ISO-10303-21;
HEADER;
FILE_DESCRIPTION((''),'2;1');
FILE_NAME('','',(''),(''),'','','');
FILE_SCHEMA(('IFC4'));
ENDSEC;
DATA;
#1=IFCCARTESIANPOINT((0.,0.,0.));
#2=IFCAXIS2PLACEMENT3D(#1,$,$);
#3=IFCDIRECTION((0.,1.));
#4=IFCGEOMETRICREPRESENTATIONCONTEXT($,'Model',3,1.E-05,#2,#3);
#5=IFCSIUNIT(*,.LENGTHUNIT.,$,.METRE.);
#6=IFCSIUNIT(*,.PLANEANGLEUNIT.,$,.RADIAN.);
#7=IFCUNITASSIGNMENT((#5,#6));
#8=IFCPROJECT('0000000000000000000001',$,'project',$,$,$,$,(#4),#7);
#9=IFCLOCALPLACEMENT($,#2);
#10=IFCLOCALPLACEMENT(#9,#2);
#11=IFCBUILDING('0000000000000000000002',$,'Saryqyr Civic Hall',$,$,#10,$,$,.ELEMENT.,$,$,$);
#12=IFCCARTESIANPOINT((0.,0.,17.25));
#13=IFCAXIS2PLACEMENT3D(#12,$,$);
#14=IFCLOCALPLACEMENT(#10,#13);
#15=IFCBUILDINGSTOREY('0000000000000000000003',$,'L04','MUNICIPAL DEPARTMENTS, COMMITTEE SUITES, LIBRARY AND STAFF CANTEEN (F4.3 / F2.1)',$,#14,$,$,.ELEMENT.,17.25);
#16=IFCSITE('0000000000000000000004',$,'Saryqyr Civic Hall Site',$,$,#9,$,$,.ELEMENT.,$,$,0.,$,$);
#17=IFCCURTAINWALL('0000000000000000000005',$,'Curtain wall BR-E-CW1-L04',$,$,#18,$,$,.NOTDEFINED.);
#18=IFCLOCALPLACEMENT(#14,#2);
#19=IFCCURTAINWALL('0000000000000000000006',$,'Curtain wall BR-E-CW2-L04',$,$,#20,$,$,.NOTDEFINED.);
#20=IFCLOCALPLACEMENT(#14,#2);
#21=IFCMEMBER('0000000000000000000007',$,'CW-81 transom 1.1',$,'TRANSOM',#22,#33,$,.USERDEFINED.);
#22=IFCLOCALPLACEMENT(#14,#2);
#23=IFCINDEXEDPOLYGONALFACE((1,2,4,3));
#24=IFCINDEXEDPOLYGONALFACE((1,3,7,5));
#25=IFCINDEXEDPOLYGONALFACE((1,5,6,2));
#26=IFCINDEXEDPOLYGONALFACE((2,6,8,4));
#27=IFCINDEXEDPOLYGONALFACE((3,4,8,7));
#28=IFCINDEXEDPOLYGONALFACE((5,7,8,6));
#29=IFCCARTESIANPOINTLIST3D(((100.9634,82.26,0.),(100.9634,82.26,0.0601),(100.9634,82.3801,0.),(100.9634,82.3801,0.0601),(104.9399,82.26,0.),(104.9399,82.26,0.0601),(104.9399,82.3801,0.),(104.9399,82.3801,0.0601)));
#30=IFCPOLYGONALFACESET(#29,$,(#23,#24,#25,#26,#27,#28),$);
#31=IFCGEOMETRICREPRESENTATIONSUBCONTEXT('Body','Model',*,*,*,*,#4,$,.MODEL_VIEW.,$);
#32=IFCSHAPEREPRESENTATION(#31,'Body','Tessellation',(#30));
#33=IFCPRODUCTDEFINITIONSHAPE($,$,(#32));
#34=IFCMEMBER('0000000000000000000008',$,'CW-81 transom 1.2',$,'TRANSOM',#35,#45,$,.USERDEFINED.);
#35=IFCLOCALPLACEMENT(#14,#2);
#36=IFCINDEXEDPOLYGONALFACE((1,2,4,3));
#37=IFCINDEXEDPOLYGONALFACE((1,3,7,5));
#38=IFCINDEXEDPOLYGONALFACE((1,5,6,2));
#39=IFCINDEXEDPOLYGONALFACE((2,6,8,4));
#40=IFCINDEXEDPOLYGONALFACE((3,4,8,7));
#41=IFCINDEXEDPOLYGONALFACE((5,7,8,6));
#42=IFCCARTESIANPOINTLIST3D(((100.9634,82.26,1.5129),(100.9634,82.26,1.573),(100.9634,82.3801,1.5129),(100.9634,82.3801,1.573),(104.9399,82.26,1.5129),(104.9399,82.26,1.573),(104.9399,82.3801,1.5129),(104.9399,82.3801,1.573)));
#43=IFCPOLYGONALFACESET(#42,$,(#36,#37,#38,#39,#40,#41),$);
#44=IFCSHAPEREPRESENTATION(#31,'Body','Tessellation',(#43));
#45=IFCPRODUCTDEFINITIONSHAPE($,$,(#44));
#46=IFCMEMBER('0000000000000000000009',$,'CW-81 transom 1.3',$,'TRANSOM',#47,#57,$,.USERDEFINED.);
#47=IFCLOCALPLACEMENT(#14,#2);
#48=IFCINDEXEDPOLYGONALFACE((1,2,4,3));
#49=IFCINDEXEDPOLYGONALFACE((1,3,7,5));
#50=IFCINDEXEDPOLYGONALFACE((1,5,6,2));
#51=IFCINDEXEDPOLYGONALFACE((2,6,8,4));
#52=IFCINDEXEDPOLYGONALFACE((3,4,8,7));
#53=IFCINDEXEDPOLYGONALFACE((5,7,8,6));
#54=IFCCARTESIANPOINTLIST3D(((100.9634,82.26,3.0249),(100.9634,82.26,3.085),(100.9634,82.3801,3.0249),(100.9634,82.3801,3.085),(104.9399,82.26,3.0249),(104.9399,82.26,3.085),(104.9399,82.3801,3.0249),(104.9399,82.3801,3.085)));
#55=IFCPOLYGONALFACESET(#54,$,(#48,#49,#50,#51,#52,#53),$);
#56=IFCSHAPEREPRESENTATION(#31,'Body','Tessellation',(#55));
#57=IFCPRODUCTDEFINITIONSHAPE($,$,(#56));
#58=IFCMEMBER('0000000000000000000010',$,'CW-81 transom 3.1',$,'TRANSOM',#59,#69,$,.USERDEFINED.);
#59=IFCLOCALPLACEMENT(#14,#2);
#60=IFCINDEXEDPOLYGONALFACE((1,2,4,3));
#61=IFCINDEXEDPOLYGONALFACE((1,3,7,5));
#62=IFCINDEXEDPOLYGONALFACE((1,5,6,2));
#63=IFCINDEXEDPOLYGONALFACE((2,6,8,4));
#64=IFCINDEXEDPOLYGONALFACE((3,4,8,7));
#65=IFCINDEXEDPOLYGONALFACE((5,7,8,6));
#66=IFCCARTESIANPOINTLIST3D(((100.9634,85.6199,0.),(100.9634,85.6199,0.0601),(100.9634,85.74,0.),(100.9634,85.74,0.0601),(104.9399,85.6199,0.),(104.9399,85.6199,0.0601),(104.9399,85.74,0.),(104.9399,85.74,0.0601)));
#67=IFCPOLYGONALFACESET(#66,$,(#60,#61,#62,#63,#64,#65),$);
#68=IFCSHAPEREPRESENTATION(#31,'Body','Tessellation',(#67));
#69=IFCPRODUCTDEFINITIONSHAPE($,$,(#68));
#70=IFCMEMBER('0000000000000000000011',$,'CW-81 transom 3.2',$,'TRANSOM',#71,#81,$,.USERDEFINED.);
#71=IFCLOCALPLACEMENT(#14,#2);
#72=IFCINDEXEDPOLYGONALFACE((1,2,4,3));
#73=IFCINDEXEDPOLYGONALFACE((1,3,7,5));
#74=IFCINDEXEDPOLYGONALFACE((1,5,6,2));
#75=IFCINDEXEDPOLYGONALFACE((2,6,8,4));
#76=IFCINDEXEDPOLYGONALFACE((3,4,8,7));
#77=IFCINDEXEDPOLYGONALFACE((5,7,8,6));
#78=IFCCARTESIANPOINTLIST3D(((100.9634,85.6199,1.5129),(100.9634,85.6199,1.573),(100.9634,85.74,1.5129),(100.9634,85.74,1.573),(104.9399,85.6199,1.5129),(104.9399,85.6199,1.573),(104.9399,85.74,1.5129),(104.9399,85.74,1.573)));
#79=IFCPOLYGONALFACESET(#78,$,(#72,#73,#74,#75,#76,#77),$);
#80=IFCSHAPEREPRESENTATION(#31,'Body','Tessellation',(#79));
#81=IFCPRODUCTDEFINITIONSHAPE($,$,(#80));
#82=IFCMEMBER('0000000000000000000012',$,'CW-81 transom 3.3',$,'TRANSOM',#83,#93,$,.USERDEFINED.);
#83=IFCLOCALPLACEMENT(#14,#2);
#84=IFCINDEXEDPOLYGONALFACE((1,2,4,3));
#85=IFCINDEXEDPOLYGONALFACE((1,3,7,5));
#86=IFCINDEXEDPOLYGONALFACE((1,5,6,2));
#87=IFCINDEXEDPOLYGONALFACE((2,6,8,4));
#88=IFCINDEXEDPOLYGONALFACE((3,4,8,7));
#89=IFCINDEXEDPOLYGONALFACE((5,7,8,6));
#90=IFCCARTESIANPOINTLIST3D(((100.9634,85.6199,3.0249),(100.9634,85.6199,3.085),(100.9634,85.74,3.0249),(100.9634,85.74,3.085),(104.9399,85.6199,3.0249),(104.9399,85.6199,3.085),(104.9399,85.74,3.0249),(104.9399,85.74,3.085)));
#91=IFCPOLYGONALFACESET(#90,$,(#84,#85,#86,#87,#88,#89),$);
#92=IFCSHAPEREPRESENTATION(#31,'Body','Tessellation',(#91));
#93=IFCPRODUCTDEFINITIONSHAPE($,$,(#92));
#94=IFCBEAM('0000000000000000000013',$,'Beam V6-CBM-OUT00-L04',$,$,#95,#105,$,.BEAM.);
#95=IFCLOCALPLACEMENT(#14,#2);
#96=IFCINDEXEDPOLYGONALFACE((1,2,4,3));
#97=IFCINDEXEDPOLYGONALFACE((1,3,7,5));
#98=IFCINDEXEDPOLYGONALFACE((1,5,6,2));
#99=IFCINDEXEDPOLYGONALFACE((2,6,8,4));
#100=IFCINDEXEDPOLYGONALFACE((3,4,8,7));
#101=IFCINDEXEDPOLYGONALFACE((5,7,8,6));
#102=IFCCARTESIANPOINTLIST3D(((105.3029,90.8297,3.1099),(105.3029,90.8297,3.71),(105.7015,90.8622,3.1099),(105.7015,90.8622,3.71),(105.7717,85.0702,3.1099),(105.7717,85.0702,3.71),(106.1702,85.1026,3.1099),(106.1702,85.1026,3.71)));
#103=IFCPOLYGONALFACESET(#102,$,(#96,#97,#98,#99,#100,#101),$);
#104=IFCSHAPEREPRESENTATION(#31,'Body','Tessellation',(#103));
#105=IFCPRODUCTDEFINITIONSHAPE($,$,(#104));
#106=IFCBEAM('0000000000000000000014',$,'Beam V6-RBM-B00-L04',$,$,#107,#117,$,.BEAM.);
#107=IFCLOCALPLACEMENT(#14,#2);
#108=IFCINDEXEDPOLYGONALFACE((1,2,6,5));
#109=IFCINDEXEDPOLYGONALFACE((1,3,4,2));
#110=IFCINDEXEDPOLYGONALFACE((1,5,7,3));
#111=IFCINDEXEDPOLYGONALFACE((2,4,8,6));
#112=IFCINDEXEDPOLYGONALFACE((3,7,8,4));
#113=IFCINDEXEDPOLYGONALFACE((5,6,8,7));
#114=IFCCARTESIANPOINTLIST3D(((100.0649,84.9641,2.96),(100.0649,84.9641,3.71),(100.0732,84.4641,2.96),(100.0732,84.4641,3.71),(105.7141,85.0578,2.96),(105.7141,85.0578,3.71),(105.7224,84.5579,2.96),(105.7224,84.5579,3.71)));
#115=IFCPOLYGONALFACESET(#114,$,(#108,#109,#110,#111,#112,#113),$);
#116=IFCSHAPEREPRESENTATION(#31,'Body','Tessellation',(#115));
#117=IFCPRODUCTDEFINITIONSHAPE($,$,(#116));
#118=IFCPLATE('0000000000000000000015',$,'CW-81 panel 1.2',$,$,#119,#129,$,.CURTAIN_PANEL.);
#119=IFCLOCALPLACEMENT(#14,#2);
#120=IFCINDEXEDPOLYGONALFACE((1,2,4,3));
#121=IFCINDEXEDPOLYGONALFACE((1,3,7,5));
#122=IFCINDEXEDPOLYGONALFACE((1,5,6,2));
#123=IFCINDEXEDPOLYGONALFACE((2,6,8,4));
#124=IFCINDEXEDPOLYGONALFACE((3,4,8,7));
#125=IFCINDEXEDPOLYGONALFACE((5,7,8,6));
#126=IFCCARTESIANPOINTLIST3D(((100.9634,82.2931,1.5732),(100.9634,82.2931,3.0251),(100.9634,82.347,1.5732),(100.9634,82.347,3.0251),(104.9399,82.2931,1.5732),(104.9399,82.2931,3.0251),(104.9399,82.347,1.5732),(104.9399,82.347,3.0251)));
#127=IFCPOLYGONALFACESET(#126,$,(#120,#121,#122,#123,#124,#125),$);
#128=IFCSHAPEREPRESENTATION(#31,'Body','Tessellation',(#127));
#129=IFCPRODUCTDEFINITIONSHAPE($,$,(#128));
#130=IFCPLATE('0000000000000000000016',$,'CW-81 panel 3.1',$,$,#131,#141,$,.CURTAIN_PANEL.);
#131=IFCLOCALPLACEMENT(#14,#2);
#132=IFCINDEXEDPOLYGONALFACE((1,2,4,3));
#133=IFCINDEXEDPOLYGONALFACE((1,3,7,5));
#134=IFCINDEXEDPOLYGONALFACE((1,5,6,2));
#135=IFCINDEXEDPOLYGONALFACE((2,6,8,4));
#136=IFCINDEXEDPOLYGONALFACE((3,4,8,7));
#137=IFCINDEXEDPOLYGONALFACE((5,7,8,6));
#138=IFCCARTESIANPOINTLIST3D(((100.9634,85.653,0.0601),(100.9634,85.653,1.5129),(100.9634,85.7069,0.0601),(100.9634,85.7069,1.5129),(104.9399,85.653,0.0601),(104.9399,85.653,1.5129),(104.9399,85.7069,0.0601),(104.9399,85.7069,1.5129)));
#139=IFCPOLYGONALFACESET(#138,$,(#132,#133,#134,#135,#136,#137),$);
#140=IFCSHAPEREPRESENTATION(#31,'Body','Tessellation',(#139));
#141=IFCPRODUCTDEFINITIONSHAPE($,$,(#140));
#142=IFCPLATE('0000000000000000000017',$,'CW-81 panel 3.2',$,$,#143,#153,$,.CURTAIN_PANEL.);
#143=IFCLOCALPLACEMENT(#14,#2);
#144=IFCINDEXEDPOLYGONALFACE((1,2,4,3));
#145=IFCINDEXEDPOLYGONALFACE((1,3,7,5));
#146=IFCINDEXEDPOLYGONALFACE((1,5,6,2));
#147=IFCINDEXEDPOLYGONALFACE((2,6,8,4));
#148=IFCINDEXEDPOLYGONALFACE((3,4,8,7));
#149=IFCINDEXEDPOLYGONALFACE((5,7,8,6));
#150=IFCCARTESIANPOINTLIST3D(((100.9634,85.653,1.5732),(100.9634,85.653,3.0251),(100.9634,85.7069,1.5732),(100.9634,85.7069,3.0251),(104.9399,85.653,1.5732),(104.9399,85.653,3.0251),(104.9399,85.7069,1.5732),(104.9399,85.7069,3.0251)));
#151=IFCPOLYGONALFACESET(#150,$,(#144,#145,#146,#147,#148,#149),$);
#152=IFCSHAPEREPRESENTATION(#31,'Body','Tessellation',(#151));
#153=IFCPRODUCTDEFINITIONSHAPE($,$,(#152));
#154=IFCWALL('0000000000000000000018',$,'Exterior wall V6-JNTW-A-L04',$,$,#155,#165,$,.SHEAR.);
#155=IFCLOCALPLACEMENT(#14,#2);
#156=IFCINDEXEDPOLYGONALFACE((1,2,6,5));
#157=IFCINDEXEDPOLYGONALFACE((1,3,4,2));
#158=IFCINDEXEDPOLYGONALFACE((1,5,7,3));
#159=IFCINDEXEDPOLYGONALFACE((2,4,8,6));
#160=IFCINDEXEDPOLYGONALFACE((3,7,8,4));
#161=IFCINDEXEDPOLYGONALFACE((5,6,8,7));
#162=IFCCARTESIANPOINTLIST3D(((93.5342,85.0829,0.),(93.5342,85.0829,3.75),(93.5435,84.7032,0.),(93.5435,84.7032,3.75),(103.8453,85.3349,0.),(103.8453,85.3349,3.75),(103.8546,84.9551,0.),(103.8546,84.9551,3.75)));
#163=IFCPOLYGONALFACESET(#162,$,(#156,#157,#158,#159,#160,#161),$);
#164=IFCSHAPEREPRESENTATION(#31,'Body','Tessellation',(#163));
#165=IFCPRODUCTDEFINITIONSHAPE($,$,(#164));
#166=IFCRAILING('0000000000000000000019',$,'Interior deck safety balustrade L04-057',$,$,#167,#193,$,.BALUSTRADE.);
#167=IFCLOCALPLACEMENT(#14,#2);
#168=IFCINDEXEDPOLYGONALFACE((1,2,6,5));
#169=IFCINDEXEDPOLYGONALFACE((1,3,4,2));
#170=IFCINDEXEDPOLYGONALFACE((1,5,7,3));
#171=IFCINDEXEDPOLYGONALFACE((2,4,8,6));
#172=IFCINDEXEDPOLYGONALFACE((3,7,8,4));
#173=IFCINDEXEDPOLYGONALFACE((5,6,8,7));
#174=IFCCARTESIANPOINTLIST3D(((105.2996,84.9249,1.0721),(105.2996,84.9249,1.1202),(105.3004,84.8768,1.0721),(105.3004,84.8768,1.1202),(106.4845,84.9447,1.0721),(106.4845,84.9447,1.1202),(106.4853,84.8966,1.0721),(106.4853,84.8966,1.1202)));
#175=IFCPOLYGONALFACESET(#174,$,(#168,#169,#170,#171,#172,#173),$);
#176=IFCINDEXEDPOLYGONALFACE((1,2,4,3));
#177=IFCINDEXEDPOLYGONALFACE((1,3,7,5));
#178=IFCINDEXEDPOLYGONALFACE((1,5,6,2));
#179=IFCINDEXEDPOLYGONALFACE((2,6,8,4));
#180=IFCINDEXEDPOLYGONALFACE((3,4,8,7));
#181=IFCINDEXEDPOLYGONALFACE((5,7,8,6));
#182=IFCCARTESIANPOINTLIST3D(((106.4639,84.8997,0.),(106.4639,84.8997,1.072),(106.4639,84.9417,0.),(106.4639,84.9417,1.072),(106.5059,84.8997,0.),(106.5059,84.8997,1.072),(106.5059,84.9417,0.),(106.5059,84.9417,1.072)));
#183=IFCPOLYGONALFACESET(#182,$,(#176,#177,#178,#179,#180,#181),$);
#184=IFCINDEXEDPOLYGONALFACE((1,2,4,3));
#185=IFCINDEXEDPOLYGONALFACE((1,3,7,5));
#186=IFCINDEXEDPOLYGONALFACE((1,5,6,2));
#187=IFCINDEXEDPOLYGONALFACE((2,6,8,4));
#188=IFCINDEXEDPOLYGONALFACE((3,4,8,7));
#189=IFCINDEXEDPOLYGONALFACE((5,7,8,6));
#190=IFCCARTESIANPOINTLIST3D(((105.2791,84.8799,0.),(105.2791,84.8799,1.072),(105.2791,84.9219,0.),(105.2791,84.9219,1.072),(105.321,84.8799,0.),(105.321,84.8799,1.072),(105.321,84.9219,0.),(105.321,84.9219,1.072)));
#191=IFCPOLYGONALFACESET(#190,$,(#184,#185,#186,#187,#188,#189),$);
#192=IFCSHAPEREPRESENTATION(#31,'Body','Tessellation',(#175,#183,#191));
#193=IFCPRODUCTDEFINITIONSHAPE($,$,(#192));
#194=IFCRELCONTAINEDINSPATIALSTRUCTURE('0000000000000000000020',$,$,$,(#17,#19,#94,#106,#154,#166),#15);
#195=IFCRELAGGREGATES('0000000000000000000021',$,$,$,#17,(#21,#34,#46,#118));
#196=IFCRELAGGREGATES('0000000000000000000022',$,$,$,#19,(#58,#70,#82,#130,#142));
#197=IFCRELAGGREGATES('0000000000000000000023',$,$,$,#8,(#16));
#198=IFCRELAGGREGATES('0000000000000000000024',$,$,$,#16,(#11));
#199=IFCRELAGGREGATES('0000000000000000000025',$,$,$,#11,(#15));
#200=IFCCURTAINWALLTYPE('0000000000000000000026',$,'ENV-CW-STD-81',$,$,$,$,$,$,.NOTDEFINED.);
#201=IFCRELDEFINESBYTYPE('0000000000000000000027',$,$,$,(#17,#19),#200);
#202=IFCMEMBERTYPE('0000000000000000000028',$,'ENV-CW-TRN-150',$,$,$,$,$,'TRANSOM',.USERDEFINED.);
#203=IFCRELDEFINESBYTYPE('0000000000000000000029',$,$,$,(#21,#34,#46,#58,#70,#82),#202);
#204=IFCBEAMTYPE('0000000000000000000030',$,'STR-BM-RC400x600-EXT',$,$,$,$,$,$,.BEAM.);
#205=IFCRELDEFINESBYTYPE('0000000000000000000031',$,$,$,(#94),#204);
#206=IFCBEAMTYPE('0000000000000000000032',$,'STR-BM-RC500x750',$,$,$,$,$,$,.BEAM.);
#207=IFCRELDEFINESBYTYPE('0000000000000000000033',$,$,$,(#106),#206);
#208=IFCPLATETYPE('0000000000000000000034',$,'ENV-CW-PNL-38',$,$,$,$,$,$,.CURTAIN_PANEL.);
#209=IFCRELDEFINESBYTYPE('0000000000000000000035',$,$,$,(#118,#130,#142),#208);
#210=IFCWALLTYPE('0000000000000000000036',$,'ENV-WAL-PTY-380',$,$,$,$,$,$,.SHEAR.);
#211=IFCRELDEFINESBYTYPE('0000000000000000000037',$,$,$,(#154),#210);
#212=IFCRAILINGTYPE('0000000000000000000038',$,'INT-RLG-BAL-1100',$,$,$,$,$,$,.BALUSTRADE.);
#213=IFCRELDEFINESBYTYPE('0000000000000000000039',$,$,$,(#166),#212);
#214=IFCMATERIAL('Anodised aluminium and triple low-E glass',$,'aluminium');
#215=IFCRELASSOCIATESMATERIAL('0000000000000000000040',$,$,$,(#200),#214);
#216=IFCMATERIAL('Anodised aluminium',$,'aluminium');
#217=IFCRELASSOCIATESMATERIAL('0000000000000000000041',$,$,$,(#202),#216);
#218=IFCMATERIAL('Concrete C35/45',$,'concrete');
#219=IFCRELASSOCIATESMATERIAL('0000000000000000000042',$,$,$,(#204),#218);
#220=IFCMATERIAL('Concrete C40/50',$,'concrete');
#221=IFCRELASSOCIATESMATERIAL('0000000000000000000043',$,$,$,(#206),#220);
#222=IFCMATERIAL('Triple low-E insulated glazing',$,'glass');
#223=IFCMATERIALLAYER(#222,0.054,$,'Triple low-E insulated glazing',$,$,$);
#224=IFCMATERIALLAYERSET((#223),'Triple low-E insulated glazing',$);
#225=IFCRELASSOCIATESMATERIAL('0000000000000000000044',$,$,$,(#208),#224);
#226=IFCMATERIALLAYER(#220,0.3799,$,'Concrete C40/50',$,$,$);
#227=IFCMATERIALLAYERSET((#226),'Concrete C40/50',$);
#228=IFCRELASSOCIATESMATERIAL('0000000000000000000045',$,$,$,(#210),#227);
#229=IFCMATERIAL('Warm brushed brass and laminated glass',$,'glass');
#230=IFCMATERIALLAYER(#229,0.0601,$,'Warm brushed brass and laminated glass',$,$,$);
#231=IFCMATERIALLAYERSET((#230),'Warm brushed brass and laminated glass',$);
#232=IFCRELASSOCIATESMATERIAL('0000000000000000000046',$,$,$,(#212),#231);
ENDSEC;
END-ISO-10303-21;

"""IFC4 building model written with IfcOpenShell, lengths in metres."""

from ifc_helpers import new_model, si_unit, direction, frame, frame_2d, origin, origin_2d, place, context, subcontext, project, spatial, rectangle, extrude, material, layer, layer_set, material_profile, profile_set, type_object, element, aggregate, save


model = new_model("IFC4")

# Units and contexts
model_context = context("Model", 3, precision=1e-05, world=origin(), true_north=direction((0.0, 1.0)))
body_context = subcontext(model_context, "Body", "Model", "MODEL_VIEW")
ifc_project = project(units=[si_unit("LENGTHUNIT", "METRE"), si_unit("PLANEANGLEUNIT", "RADIAN")], contexts=[model_context])

# Site, building, storey
site_placement = place(None, origin())
site = spatial("IfcSite", under=ifc_project, at=site_placement, Name="Saryqyr Civic Hall Site", CompositionType="ELEMENT", RefElevation=0.0)
building_placement = place(site_placement, origin())
building = spatial("IfcBuilding", under=site, at=building_placement, Name="Saryqyr Civic Hall", CompositionType="ELEMENT")
storey_placement = place(building_placement, frame((0.0, 0.0, 17.25)))
storey = spatial("IfcBuildingStorey", under=building, at=storey_placement, Name="L04", Description="MUNICIPAL DEPARTMENTS, COMMITTEE SUITES, LIBRARY AND STAFF CANTEEN (F4.3 / F2.1)", CompositionType="ELEMENT", Elevation=17.25)

# Shared definitions
ifc_material_1 = material(Name="Concrete C40/50", Category="concrete")

# Curtain wall
ifc_material_2 = material(Name="Anodised aluminium and triple low-E glass", Category="aluminium")
curtain_wall_type = type_object("IfcCurtainWallType", Name="ENV-CW-STD-81", PredefinedType="NOTDEFINED", material=ifc_material_2)
curtain_wall_1_placement = place(storey_placement, origin())
curtain_wall_1 = element("IfcCurtainWall", 1, at=curtain_wall_1_placement, inside=storey, type_object=curtain_wall_type, Name="Curtain wall BR-E-CW1-L04", PredefinedType="NOTDEFINED")
ifc_material_3 = material(Name="Anodised aluminium", Category="aluminium")

# Curtain wall
curtain_wall_2_placement = place(storey_placement, origin())
curtain_wall_2 = element("IfcCurtainWall", 2, at=curtain_wall_2_placement, inside=storey, type_object=curtain_wall_type, Name="Curtain wall BR-E-CW2-L04", PredefinedType="NOTDEFINED")

# Members
ifc_material_profile_1 = material_profile(ifc_material_3, rectangle(XDim=0.1201, YDim=0.0601, at=origin_2d()), Name="ALU TRANSOM 120x60")
ifc_profile_set_1 = profile_set([ifc_material_profile_1], Name="Anodised aluminium")
member_type_1 = type_object("IfcMemberType", Name="ENV-CW-TRN-150", ElementType="TRANSOM", PredefinedType="USERDEFINED", material=ifc_profile_set_1)
member_1_placement = place(storey_placement, frame((104.9399, 82.3201, 0.03), z_axis=(-1.0, 0.0, 0.0), x_axis=(0.0, -1.0, 0.0)))
member_1 = element("IfcMember", 3, at=member_1_placement, type_object=member_type_1, Name="CW-81 transom 1.1", ObjectType="TRANSOM", PredefinedType="USERDEFINED", context=body_context, shape_type="SweptSolid", body=[
    extrude(rectangle(XDim=0.1201, YDim=0.0601, at=origin_2d()), origin(), (0.0, 0.0, 1.0), 3.9766),
])
member_2_placement = place(storey_placement, frame((104.9399, 82.3201, 1.543), z_axis=(-1.0, 0.0, 0.0), x_axis=(0.0, -1.0, 0.0)))
member_2 = element("IfcMember", 4, at=member_2_placement, type_object=member_type_1, Name="CW-81 transom 1.2", ObjectType="TRANSOM", PredefinedType="USERDEFINED", context=body_context, shape_type="SweptSolid", body=[
    extrude(rectangle(XDim=0.1201, YDim=0.0601, at=origin_2d()), origin(), (0.0, 0.0, 1.0), 3.9766),
])
member_3_placement = place(storey_placement, frame((104.9399, 82.3201, 3.0549), z_axis=(-1.0, 0.0, 0.0), x_axis=(0.0, -1.0, 0.0)))
member_3 = element("IfcMember", 5, at=member_3_placement, type_object=member_type_1, Name="CW-81 transom 1.3", ObjectType="TRANSOM", PredefinedType="USERDEFINED", context=body_context, shape_type="SweptSolid", body=[
    extrude(rectangle(XDim=0.1201, YDim=0.0601, at=origin_2d()), origin(), (0.0, 0.0, 1.0), 3.9766),
])
member_4_placement = place(storey_placement, frame((100.9634, 85.6799, 0.03), z_axis=(1.0, 0.0, 0.0), x_axis=(0.0, 1.0, 0.0)))
member_4 = element("IfcMember", 6, at=member_4_placement, type_object=member_type_1, Name="CW-81 transom 3.1", ObjectType="TRANSOM", PredefinedType="USERDEFINED", context=body_context, shape_type="SweptSolid", body=[
    extrude(rectangle(XDim=0.1201, YDim=0.0601, at=origin_2d()), origin(), (0.0, 0.0, 1.0), 3.9766),
])
member_5_placement = place(storey_placement, frame((100.9634, 85.6799, 1.543), z_axis=(1.0, 0.0, 0.0), x_axis=(0.0, 1.0, 0.0)))
member_5 = element("IfcMember", 7, at=member_5_placement, type_object=member_type_1, Name="CW-81 transom 3.2", ObjectType="TRANSOM", PredefinedType="USERDEFINED", context=body_context, shape_type="SweptSolid", body=[
    extrude(rectangle(XDim=0.1201, YDim=0.0601, at=origin_2d()), origin(), (0.0, 0.0, 1.0), 3.9766),
])
member_6_placement = place(storey_placement, frame((100.9634, 85.6799, 3.0549), z_axis=(1.0, 0.0, 0.0), x_axis=(0.0, 1.0, 0.0)))
member_6 = element("IfcMember", 8, at=member_6_placement, type_object=member_type_1, Name="CW-81 transom 3.3", ObjectType="TRANSOM", PredefinedType="USERDEFINED", context=body_context, shape_type="SweptSolid", body=[
    extrude(rectangle(XDim=0.1201, YDim=0.0601, at=origin_2d()), origin(), (0.0, 0.0, 1.0), 3.9766),
])

# Beams
ifc_material_4 = material(Name="Concrete C35/45", Category="concrete")
ifc_material_profile_2 = material_profile(ifc_material_4, rectangle(XDim=0.3999, YDim=0.6001, at=origin_2d()), Name="RC 400x600")
ifc_profile_set_2 = profile_set([ifc_material_profile_2], Name="Concrete C35/45")
beam_type_1 = type_object("IfcBeamType", Name="STR-BM-RC400x600-EXT", PredefinedType="BEAM", material=ifc_profile_set_2)
beam_1_placement = place(storey_placement, frame((105.9709, 85.0864, 3.4099), z_axis=(-0.081119, 0.996704, 0.0), x_axis=(-0.996704, -0.081119, 0.0)))
element("IfcBeam", 9, at=beam_1_placement, inside=storey, type_object=beam_type_1, Name="Beam V6-CBM-OUT00-L04", PredefinedType="BEAM", context=body_context, shape_type="SweptSolid", body=[
    extrude(rectangle(XDim=0.3999, YDim=0.6001, at=origin_2d()), origin(), (0.0, 0.0, 1.0), 5.7786),
])
ifc_material_profile_3 = material_profile(ifc_material_1, rectangle(XDim=0.5, YDim=0.75, at=origin_2d()), Name="RC 500x750")
ifc_profile_set_3 = profile_set([ifc_material_profile_3], Name="Concrete C40/50")
beam_type_2 = type_object("IfcBeamType", Name="STR-BM-RC500x750", PredefinedType="BEAM", material=ifc_profile_set_3)
beam_2_placement = place(storey_placement, frame((100.0691, 84.7141, 3.335), z_axis=(0.999862, 0.016593, 0.0), x_axis=(-0.016593, 0.999862, 0.0)))
element("IfcBeam", 10, at=beam_2_placement, inside=storey, type_object=beam_type_2, Name="Beam V6-RBM-B00-L04", PredefinedType="BEAM", context=body_context, shape_type="SweptSolid", body=[
    extrude(rectangle(XDim=0.5, YDim=0.75, at=origin_2d()), origin(), (0.0, 0.0, 1.0), 5.6499),
])

# Plates
ifc_material_5 = material(Name="Triple low-E insulated glazing", Category="glass")
ifc_layer_1 = layer(ifc_material_5, 0.054, Name="Triple low-E insulated glazing")
ifc_layer_set_1 = layer_set([ifc_layer_1], Name="Triple low-E insulated glazing")
plate_type = type_object("IfcPlateType", Name="ENV-CW-PNL-38", PredefinedType="CURTAIN_PANEL", material=ifc_layer_set_1)
plate_1_placement = place(storey_placement, frame((102.9517, 82.3201, 1.5732), z_axis=(0.0, 0.0, 1.0), x_axis=(-1.0, 0.0, 0.0)))
plate_1 = element("IfcPlate", 11, at=plate_1_placement, type_object=plate_type, Name="CW-81 panel 1.2", PredefinedType="CURTAIN_PANEL", context=body_context, shape_type="SweptSolid", body=[
    extrude(rectangle(XDim=3.9766, YDim=0.054, at=origin_2d()), origin(), (0.0, 0.0, 1.0), 1.4519),
])
aggregate(curtain_wall_1, [member_1, member_2, member_3, plate_1])
plate_2_placement = place(storey_placement, frame((102.9517, 85.6799, 0.0601), z_axis=(0.0, 0.0, 1.0), x_axis=(1.0, 0.0, 0.0)))
plate_2 = element("IfcPlate", 12, at=plate_2_placement, type_object=plate_type, Name="CW-81 panel 3.1", PredefinedType="CURTAIN_PANEL", context=body_context, shape_type="SweptSolid", body=[
    extrude(rectangle(XDim=3.9766, YDim=0.054, at=origin_2d()), origin(), (0.0, 0.0, 1.0), 1.4529),
])
plate_3_placement = place(storey_placement, frame((102.9517, 85.6799, 1.5732), z_axis=(0.0, 0.0, 1.0), x_axis=(1.0, 0.0, 0.0)))
plate_3 = element("IfcPlate", 13, at=plate_3_placement, type_object=plate_type, Name="CW-81 panel 3.2", PredefinedType="CURTAIN_PANEL", context=body_context, shape_type="SweptSolid", body=[
    extrude(rectangle(XDim=3.9766, YDim=0.054, at=origin_2d()), origin(), (0.0, 0.0, 1.0), 1.4519),
])
aggregate(curtain_wall_2, [member_4, member_5, member_6, plate_2, plate_3])

# Wall
ifc_layer_2 = layer(ifc_material_1, 0.3799, Name="Concrete C40/50")
ifc_layer_set_2 = layer_set([ifc_layer_2], Name="Concrete C40/50")
wall_type = type_object("IfcWallType", Name="ENV-WAL-PTY-380", PredefinedType="SHEAR", material=ifc_layer_set_2)
wall_placement = place(storey_placement, frame((103.8501, 85.145, 0.0), z_axis=(0.0, 0.0, 1.0), x_axis=(-0.999702, -0.024428, 0.0)))
element("IfcWall", 14, at=wall_placement, inside=storey, type_object=wall_type, Name="Exterior wall V6-JNTW-A-L04", PredefinedType="SHEAR", context=body_context, shape_type="SweptSolid", body=[
    extrude(rectangle(XDim=10.3142, YDim=0.3799, at=frame_2d((5.1572, 0.0))), origin(), (0.0, 0.0, 1.0), 3.75),
])

# Railing
ifc_material_6 = material(Name="Warm brushed brass and laminated glass", Category="glass")
ifc_layer_3 = layer(ifc_material_6, 0.0601, Name="Warm brushed brass and laminated glass")
ifc_layer_set_3 = layer_set([ifc_layer_3], Name="Warm brushed brass and laminated glass")
railing_type = type_object("IfcRailingType", Name="INT-RLG-BAL-1100", PredefinedType="BALUSTRADE", material=ifc_layer_set_3)
railing_1_placement = place(storey_placement, frame((106.4849, 84.9207, 0.0)))
element("IfcRailing", 15, at=railing_1_placement, inside=storey, type_object=railing_type, Name="Interior deck safety balustrade L04-057", PredefinedType="BALUSTRADE", context=body_context, shape_type="SweptSolid", body=[
    extrude(rectangle(XDim=0.0481, YDim=0.0481, at=origin_2d()), frame((0.0, 0.0, 1.0962), z_axis=(-0.999861, -0.016688, 0.0), x_axis=(0.016688, -0.999861, 0.0)), (0.0, 0.0, 1.0), 1.1851),
    extrude(rectangle(XDim=0.042, YDim=0.042, at=origin_2d()), origin(), (0.0, 0.0, 1.0), 1.072),
    extrude(rectangle(XDim=0.042, YDim=0.042, at=origin_2d()), frame((-1.1848, -0.0198, 0.0)), (0.0, 0.0, 1.0), 1.072),
])

save(model, "model.ifc")
